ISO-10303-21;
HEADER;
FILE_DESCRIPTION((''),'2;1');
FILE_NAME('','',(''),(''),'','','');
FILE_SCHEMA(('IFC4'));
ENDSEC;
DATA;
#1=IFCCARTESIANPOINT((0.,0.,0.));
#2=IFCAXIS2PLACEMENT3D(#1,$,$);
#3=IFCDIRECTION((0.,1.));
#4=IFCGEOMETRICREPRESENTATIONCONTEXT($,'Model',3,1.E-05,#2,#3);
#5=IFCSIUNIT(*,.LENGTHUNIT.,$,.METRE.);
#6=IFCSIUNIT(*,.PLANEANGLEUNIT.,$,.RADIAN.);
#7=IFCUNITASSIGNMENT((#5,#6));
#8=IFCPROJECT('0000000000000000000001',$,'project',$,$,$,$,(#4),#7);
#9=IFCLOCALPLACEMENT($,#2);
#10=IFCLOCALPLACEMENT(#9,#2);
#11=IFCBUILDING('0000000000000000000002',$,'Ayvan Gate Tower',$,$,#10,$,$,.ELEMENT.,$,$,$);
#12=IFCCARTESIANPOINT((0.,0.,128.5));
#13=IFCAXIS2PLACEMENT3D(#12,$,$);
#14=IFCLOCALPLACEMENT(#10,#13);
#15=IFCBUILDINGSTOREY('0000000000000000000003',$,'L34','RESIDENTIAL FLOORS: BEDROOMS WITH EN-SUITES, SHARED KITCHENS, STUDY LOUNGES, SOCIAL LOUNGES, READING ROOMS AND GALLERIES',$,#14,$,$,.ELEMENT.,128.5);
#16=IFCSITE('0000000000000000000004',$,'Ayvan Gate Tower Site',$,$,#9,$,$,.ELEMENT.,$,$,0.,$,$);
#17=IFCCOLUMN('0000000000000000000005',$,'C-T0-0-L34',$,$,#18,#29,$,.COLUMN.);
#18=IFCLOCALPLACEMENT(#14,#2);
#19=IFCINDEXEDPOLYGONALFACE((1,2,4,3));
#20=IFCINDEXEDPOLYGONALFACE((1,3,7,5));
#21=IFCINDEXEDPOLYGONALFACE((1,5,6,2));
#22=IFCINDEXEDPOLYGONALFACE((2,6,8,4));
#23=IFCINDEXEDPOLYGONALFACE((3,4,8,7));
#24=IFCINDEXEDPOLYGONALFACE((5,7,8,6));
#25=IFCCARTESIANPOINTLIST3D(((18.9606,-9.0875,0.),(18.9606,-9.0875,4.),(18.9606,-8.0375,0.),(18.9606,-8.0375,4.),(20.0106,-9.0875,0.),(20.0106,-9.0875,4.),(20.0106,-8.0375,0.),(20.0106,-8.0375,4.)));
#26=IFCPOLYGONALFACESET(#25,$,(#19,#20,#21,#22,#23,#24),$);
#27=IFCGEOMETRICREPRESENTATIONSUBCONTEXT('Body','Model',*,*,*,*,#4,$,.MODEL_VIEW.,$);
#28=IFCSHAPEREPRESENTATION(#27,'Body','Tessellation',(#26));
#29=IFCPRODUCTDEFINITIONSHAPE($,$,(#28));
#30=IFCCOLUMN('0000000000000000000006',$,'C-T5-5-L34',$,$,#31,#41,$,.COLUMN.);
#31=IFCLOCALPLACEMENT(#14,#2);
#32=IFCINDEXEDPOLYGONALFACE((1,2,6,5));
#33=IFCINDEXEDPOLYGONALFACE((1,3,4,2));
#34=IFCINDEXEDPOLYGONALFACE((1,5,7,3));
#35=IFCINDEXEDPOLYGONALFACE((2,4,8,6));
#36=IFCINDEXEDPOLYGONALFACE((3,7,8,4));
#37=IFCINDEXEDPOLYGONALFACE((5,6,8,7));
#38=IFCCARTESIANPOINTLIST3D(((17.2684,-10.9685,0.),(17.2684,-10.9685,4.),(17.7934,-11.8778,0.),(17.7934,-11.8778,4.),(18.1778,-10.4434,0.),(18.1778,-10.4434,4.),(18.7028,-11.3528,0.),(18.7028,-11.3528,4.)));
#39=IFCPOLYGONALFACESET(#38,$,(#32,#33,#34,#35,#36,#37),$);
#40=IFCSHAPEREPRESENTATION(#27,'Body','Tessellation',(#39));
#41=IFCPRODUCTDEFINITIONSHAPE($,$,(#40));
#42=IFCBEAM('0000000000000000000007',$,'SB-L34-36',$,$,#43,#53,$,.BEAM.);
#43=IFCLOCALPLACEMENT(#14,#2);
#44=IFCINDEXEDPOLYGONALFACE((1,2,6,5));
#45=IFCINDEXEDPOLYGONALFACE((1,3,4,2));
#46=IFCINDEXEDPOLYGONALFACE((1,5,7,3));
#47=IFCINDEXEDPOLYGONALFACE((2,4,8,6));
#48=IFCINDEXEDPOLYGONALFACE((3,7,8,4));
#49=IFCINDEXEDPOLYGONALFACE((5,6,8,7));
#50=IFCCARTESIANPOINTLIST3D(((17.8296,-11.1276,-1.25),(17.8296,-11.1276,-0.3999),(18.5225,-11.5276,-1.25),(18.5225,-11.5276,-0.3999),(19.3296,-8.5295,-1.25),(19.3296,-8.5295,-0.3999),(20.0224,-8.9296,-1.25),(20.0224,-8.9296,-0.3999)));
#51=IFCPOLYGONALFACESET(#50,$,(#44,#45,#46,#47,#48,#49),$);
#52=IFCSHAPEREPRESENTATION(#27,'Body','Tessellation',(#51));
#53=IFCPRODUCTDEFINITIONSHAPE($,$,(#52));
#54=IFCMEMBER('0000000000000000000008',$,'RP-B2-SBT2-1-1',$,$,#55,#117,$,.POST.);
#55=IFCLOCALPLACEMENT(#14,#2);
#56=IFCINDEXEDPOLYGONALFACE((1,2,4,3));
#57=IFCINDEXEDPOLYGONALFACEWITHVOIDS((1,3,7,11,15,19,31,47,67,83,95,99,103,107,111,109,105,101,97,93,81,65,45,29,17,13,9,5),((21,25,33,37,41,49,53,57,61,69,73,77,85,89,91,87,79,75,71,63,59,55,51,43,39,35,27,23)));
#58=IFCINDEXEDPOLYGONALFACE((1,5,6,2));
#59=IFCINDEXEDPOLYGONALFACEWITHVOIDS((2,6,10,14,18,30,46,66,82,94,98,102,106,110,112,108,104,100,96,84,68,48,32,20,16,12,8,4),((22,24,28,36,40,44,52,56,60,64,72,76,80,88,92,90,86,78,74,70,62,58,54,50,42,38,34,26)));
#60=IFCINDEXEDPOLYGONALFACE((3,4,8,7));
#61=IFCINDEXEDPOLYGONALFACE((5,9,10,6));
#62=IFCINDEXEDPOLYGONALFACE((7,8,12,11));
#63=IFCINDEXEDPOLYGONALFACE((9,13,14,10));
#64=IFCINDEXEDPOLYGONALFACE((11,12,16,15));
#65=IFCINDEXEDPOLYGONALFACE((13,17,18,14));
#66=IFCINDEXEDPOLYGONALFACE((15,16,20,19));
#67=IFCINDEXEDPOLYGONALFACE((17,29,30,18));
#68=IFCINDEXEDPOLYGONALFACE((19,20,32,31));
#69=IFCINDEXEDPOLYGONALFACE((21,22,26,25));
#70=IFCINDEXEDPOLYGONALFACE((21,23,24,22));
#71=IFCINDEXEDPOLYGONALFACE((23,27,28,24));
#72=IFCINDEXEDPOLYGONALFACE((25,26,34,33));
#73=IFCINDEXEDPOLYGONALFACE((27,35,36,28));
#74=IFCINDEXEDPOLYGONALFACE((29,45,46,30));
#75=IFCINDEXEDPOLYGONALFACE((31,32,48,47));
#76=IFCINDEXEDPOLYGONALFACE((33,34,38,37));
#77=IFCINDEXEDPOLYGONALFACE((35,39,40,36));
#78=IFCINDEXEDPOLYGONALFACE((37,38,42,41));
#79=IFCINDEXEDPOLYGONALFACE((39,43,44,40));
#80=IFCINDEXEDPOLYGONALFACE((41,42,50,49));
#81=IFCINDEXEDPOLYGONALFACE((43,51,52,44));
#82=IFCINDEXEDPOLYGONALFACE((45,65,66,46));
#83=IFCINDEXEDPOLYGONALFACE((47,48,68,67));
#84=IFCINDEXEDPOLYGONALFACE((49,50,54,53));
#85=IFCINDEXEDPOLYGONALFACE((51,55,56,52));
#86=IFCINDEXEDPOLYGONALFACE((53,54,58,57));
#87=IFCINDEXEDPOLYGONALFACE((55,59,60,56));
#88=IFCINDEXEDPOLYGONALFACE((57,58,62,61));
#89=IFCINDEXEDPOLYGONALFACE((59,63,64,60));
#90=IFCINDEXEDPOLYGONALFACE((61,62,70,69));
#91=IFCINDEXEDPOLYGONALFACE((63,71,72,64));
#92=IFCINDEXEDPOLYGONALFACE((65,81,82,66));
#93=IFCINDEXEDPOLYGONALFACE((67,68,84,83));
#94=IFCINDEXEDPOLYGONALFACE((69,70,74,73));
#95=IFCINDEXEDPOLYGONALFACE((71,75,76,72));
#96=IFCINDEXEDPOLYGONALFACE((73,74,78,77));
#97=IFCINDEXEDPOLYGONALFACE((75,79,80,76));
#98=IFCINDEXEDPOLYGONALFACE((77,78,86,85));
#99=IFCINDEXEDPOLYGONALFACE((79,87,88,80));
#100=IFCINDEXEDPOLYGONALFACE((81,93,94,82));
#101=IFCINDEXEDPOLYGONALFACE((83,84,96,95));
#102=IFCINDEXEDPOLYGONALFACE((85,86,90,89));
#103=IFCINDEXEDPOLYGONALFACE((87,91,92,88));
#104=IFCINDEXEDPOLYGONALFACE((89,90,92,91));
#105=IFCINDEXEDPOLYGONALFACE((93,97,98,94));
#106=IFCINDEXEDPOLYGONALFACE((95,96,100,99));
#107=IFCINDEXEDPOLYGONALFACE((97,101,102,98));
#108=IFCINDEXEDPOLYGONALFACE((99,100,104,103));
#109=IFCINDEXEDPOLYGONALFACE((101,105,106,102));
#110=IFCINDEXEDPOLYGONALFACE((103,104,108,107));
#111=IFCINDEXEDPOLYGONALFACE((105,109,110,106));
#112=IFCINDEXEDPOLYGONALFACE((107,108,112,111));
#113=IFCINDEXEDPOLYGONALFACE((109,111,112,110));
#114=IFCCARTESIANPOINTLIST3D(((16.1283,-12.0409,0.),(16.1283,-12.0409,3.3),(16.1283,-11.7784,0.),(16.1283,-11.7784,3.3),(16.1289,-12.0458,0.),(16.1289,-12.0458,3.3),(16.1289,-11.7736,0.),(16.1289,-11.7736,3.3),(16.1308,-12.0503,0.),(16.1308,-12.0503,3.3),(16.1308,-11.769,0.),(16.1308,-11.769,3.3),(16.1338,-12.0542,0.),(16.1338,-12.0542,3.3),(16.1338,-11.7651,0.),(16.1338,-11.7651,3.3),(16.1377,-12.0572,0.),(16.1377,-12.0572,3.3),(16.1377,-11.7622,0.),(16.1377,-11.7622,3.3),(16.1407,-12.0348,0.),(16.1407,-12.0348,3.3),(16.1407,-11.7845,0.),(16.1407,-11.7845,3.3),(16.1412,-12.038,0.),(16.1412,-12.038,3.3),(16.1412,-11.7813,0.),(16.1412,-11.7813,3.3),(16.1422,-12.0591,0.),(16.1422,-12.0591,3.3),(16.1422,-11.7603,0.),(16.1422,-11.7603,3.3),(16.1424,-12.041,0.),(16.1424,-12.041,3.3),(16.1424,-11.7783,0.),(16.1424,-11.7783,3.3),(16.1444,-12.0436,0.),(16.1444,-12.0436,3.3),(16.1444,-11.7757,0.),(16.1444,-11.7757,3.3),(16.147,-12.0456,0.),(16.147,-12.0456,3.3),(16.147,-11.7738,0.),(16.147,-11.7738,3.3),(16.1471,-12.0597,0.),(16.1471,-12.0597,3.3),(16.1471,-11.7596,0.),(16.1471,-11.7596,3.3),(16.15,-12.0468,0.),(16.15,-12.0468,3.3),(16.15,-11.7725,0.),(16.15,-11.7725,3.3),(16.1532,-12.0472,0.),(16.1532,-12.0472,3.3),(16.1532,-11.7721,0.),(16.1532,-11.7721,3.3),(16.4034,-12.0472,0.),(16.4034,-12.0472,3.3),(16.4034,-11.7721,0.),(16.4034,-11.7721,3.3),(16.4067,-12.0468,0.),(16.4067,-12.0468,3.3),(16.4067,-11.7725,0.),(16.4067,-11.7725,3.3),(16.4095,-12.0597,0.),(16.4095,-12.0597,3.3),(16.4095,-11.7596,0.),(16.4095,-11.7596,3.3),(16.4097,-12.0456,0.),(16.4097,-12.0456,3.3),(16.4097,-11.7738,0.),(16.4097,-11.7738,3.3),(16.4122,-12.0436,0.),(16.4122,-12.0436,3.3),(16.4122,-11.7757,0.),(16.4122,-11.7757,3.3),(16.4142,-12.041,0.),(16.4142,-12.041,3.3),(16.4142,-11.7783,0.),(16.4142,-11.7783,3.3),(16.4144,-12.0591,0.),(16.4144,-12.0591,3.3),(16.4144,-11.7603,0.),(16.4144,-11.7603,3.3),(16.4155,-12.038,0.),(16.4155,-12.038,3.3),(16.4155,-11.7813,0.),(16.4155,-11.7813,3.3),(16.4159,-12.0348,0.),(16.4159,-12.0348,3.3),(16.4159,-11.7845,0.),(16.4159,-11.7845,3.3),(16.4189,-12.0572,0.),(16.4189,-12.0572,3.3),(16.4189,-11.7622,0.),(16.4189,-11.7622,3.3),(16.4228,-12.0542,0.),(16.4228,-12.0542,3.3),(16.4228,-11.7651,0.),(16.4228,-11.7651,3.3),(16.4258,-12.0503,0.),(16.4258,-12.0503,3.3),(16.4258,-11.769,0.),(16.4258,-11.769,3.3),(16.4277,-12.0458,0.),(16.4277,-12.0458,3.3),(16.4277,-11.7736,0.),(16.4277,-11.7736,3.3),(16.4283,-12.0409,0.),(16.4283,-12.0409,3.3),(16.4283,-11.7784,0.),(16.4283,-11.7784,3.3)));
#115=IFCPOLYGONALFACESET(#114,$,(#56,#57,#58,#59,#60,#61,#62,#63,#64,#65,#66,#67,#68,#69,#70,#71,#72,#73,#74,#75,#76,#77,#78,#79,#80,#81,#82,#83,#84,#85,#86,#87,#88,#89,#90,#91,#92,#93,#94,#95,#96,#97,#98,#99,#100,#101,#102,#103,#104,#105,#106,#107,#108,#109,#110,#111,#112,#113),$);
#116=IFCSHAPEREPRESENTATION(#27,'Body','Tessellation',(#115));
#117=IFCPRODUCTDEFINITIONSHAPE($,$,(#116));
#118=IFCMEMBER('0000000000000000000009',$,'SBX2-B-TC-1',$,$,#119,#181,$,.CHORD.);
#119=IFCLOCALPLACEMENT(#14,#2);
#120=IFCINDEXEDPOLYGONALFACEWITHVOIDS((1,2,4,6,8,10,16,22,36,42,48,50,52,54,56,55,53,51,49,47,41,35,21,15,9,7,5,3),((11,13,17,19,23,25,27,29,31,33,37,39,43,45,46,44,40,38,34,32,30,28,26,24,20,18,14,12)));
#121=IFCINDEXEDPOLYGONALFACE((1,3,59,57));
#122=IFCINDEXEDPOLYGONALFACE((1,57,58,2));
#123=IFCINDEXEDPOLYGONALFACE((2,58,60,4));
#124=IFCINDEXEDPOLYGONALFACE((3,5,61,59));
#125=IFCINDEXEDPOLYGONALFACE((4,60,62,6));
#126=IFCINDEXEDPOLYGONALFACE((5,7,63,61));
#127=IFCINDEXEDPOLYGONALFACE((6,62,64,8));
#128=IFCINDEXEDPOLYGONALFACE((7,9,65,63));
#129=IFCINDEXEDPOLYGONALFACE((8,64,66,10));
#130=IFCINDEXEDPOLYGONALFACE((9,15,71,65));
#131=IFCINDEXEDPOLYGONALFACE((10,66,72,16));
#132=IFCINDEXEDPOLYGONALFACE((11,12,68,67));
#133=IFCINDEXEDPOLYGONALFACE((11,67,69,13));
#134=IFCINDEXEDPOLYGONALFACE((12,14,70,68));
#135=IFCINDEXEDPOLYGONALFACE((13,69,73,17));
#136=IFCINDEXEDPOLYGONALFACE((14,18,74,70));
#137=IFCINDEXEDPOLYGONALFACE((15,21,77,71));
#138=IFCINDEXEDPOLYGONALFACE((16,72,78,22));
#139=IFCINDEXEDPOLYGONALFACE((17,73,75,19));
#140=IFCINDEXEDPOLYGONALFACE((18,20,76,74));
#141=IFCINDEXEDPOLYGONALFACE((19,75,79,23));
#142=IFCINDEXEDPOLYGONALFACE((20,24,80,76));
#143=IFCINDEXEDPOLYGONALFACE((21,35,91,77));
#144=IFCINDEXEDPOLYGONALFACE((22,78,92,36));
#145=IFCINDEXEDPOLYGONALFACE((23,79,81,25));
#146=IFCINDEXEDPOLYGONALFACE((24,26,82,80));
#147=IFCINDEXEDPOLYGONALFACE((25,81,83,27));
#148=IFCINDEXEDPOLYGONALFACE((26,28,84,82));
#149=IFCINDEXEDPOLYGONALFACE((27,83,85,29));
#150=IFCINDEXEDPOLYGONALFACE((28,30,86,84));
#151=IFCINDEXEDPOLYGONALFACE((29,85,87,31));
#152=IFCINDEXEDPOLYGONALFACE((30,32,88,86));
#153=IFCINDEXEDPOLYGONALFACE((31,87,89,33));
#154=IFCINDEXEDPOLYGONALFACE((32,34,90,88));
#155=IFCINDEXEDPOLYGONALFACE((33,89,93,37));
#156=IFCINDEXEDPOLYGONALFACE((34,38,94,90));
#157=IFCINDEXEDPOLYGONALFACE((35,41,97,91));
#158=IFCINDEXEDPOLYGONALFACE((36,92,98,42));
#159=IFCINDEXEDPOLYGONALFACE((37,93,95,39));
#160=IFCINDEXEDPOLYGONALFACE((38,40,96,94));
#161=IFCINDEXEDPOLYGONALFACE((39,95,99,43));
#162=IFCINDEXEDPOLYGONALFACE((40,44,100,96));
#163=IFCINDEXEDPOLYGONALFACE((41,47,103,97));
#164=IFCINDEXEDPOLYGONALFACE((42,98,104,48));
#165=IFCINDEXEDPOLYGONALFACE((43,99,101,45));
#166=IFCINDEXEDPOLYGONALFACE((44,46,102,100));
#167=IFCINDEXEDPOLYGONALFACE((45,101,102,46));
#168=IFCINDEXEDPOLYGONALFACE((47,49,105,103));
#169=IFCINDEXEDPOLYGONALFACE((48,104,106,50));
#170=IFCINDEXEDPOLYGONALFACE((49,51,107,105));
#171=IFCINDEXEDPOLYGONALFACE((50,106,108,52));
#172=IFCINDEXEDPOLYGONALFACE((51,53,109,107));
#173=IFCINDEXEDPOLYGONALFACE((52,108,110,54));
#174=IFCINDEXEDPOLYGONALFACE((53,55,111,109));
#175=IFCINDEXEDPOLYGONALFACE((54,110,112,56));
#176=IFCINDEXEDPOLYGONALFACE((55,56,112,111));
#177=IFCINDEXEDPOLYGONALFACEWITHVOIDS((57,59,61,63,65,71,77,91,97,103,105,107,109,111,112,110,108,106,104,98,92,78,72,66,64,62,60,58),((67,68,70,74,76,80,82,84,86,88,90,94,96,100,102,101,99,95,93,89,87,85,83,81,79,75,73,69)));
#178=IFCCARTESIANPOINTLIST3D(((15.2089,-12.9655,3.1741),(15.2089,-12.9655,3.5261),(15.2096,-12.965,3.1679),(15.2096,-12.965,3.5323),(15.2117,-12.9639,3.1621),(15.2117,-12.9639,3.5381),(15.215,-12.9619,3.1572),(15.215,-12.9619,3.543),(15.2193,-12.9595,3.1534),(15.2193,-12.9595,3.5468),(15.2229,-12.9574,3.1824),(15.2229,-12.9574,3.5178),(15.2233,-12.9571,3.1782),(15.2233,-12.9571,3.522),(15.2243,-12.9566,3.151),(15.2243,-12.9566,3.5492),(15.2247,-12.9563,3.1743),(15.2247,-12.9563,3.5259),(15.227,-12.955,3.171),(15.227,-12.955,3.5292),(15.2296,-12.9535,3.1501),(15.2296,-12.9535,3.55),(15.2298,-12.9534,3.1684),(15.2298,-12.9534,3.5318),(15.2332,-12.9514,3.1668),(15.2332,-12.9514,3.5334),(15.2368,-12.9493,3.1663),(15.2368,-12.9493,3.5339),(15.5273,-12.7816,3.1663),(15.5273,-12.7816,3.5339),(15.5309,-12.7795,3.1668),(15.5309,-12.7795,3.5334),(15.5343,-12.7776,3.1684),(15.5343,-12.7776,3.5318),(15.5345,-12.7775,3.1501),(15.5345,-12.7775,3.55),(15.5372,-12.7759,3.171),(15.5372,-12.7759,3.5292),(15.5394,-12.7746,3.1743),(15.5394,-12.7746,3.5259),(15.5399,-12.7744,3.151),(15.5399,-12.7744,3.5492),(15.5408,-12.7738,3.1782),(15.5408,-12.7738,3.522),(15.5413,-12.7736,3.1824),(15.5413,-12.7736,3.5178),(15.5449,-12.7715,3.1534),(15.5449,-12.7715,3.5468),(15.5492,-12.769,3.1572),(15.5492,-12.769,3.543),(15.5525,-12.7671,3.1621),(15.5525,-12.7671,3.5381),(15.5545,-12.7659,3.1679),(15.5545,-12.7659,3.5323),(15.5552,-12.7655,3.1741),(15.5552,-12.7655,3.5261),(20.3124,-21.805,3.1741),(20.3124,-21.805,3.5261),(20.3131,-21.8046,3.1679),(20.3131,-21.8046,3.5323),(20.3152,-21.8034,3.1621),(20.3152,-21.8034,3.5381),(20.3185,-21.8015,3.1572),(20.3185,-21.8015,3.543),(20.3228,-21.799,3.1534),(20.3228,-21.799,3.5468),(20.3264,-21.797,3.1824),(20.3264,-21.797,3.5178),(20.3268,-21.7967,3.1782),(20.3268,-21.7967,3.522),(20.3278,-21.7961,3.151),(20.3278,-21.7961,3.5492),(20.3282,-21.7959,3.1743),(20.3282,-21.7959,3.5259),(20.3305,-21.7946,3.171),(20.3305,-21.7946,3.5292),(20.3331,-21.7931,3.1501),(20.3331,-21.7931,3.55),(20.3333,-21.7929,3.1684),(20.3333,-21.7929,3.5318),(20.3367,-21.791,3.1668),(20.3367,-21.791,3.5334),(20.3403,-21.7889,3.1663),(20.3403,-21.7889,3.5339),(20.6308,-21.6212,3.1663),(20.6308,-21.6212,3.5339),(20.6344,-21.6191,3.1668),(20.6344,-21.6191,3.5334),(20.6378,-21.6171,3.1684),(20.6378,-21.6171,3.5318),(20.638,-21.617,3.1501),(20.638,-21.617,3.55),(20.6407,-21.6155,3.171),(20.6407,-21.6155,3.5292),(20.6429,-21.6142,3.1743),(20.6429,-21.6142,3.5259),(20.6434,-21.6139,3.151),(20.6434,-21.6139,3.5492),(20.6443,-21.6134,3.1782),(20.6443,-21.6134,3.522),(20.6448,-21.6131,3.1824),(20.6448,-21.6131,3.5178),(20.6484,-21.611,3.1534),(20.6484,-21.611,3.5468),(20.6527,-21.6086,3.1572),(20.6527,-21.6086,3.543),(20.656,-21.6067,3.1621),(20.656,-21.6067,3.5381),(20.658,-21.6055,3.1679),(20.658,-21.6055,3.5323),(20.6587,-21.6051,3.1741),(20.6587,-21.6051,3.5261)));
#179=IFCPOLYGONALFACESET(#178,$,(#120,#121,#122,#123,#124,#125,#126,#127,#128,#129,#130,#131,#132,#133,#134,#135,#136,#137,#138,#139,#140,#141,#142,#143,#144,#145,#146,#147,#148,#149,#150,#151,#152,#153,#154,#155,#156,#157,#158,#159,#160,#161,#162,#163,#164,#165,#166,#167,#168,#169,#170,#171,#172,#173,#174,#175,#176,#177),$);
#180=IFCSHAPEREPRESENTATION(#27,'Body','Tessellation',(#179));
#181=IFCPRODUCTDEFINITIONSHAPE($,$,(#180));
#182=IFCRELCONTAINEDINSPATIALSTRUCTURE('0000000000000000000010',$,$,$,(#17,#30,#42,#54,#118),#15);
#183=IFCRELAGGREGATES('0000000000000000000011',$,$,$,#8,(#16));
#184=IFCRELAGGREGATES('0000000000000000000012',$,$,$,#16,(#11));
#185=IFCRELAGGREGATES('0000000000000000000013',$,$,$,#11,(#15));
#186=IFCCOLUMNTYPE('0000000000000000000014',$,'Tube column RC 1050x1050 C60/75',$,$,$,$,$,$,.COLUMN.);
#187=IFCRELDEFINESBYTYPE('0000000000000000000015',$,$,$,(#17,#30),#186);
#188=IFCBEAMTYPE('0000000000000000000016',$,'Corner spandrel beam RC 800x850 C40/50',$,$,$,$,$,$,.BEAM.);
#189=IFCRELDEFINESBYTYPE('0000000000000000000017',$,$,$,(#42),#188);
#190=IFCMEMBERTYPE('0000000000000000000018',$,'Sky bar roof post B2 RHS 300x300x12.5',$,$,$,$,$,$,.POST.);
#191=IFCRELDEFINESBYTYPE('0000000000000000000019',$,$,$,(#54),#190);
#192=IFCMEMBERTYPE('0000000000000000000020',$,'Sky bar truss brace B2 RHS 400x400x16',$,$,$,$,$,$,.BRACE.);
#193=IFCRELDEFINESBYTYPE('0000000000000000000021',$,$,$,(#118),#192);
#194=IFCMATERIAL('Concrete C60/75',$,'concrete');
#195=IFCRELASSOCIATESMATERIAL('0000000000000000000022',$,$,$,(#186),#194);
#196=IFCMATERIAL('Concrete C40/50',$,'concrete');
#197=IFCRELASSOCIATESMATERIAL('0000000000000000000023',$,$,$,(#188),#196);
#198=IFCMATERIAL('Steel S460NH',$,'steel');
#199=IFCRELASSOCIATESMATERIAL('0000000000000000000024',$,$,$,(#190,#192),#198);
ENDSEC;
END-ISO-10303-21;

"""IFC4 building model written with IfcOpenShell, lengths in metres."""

from ifc_helpers import new_model, si_unit, direction, frame, origin, origin_2d, place, context, subcontext, project, spatial, rectangle, hollow_rectangle, extrude, material, material_profile, profile_set, type_object, element, save


model = new_model("IFC4")

# Units and contexts
model_context = context("Model", 3, precision=1e-05, world=origin(), true_north=direction((0.0, 1.0)))
body_context = subcontext(model_context, "Body", "Model", "MODEL_VIEW")
ifc_project = project(units=[si_unit("LENGTHUNIT", "METRE"), si_unit("PLANEANGLEUNIT", "RADIAN")], contexts=[model_context])

# Site, building, storey
site_placement = place(None, origin())
site = spatial("IfcSite", under=ifc_project, at=site_placement, Name="Ayvan Gate Tower Site", CompositionType="ELEMENT", RefElevation=0.0)
building_placement = place(site_placement, origin())
building = spatial("IfcBuilding", under=site, at=building_placement, Name="Ayvan Gate Tower", CompositionType="ELEMENT")
storey_placement = place(building_placement, frame((0.0, 0.0, 128.5)))
storey = spatial("IfcBuildingStorey", under=building, at=storey_placement, Name="L34", Description="RESIDENTIAL FLOORS: BEDROOMS WITH EN-SUITES, SHARED KITCHENS, STUDY LOUNGES, SOCIAL LOUNGES, READING ROOMS AND GALLERIES", CompositionType="ELEMENT", Elevation=128.5)

# Columns
ifc_material_1 = material(Name="Concrete C60/75", Category="concrete")
ifc_material_profile_1 = material_profile(ifc_material_1, rectangle(XDim=1.05, YDim=1.05, at=origin_2d()), Name="RC 1050x1050")
ifc_profile_set_1 = profile_set([ifc_material_profile_1], Name="Concrete C60/75")
column_type = type_object("IfcColumnType", Name="Tube column RC 1050x1050 C60/75", PredefinedType="COLUMN", material=ifc_profile_set_1)
for number, where, z_axis, x_axis, name in (
    (1, (19.4856, -8.5625, 0.0), (0.0, 0.0, 1.0), (1.0, 0.0, 0.0), "C-T0-0-L34"),
    (2, (17.9856, -11.1606, 0.0), (0.0, 0.0, 1.0), (0.5, -0.866025, 0.0), "C-T5-5-L34"),
):
    element("IfcColumn", number, at=place(storey_placement, frame(where, z_axis=z_axis, x_axis=x_axis)), inside=storey, type_object=column_type, Name=name, PredefinedType="COLUMN", context=body_context, shape_type="SweptSolid", body=[
        extrude(rectangle(XDim=1.05, YDim=1.05, at=origin_2d()), origin(), (0.0, 0.0, 1.0), 4.0),
    ])

# Beam
ifc_material_2 = material(Name="Concrete C40/50", Category="concrete")
ifc_material_profile_2 = material_profile(ifc_material_2, rectangle(XDim=0.8, YDim=0.8501, at=origin_2d()), Name="RC 800x850")
ifc_profile_set_2 = profile_set([ifc_material_profile_2], Name="Concrete C40/50")
beam_type_1 = type_object("IfcBeamType", Name="Corner spandrel beam RC 800x850 C40/50", PredefinedType="BEAM", material=ifc_profile_set_2)
beam_1_placement = place(storey_placement, frame((18.176, -11.3276, -0.825), z_axis=(0.49999, 0.866031, 0.0), x_axis=(-0.866031, 0.49999, 0.0)))
element("IfcBeam", 3, at=beam_1_placement, inside=storey, type_object=beam_type_1, Name="SB-L34-36", PredefinedType="BEAM", context=body_context, shape_type="SweptSolid", body=[
    extrude(rectangle(XDim=0.8, YDim=0.8501, at=origin_2d()), origin(), (0.0, 0.0, 1.0), 3.0),
])

# Members
ifc_material_3 = material(Name="Steel S460NH", Category="steel")
ifc_material_profile_3 = material_profile(ifc_material_3, hollow_rectangle(XDim=0.3, YDim=0.3, WallThickness=0.0125, InnerFilletRadius=0.0125, OuterFilletRadius=0.0188, at=origin_2d()), Name="RHS 300x300x12.5")
ifc_profile_set_3 = profile_set([ifc_material_profile_3], Name="Steel S460NH")
member_type_1 = type_object("IfcMemberType", Name="Sky bar roof post B2 RHS 300x300x12.5", PredefinedType="POST", material=ifc_profile_set_3)
member_1_placement = place(storey_placement, frame((16.2783, -11.9097, 0.0), z_axis=(0.0, 0.0, 1.0), x_axis=(1.0, 0.0, 0.0)))
element("IfcMember", 4, at=member_1_placement, inside=storey, type_object=member_type_1, Name="RP-B2-SBT2-1-1", PredefinedType="POST", context=body_context, shape_type="SweptSolid", body=[
    extrude(hollow_rectangle(XDim=0.3, YDim=0.3, WallThickness=0.0125, InnerFilletRadius=0.0125, OuterFilletRadius=0.0188, at=origin_2d()), origin(), (0.0, 0.0, 1.0), 3.3),
])
ifc_material_profile_4 = material_profile(ifc_material_3, hollow_rectangle(XDim=0.3999, YDim=0.3999, WallThickness=0.0161, InnerFilletRadius=0.0161, OuterFilletRadius=0.0239, at=origin_2d()), Name="RHS 400x400x16")
ifc_profile_set_4 = profile_set([ifc_material_profile_4], Name="Steel S460NH")
member_type_2 = type_object("IfcMemberType", Name="Sky bar truss brace B2 RHS 400x400x16", PredefinedType="BRACE", material=ifc_profile_set_4)
member_2_placement = place(storey_placement, frame((15.3821, -12.8655, 3.3501), z_axis=(0.499998, -0.866027, 0.0), x_axis=(0.866027, 0.499998, 0.0)))
element("IfcMember", 5, at=member_2_placement, inside=storey, type_object=member_type_2, Name="SBX2-B-TC-1", PredefinedType="CHORD", context=body_context, shape_type="SweptSolid", body=[
    extrude(hollow_rectangle(XDim=0.3999, YDim=0.3999, WallThickness=0.0161, InnerFilletRadius=0.0161, OuterFilletRadius=0.0239, at=origin_2d()), origin(), (0.0, 0.0, 1.0), 10.207),
])

save(model, "model.ifc")
